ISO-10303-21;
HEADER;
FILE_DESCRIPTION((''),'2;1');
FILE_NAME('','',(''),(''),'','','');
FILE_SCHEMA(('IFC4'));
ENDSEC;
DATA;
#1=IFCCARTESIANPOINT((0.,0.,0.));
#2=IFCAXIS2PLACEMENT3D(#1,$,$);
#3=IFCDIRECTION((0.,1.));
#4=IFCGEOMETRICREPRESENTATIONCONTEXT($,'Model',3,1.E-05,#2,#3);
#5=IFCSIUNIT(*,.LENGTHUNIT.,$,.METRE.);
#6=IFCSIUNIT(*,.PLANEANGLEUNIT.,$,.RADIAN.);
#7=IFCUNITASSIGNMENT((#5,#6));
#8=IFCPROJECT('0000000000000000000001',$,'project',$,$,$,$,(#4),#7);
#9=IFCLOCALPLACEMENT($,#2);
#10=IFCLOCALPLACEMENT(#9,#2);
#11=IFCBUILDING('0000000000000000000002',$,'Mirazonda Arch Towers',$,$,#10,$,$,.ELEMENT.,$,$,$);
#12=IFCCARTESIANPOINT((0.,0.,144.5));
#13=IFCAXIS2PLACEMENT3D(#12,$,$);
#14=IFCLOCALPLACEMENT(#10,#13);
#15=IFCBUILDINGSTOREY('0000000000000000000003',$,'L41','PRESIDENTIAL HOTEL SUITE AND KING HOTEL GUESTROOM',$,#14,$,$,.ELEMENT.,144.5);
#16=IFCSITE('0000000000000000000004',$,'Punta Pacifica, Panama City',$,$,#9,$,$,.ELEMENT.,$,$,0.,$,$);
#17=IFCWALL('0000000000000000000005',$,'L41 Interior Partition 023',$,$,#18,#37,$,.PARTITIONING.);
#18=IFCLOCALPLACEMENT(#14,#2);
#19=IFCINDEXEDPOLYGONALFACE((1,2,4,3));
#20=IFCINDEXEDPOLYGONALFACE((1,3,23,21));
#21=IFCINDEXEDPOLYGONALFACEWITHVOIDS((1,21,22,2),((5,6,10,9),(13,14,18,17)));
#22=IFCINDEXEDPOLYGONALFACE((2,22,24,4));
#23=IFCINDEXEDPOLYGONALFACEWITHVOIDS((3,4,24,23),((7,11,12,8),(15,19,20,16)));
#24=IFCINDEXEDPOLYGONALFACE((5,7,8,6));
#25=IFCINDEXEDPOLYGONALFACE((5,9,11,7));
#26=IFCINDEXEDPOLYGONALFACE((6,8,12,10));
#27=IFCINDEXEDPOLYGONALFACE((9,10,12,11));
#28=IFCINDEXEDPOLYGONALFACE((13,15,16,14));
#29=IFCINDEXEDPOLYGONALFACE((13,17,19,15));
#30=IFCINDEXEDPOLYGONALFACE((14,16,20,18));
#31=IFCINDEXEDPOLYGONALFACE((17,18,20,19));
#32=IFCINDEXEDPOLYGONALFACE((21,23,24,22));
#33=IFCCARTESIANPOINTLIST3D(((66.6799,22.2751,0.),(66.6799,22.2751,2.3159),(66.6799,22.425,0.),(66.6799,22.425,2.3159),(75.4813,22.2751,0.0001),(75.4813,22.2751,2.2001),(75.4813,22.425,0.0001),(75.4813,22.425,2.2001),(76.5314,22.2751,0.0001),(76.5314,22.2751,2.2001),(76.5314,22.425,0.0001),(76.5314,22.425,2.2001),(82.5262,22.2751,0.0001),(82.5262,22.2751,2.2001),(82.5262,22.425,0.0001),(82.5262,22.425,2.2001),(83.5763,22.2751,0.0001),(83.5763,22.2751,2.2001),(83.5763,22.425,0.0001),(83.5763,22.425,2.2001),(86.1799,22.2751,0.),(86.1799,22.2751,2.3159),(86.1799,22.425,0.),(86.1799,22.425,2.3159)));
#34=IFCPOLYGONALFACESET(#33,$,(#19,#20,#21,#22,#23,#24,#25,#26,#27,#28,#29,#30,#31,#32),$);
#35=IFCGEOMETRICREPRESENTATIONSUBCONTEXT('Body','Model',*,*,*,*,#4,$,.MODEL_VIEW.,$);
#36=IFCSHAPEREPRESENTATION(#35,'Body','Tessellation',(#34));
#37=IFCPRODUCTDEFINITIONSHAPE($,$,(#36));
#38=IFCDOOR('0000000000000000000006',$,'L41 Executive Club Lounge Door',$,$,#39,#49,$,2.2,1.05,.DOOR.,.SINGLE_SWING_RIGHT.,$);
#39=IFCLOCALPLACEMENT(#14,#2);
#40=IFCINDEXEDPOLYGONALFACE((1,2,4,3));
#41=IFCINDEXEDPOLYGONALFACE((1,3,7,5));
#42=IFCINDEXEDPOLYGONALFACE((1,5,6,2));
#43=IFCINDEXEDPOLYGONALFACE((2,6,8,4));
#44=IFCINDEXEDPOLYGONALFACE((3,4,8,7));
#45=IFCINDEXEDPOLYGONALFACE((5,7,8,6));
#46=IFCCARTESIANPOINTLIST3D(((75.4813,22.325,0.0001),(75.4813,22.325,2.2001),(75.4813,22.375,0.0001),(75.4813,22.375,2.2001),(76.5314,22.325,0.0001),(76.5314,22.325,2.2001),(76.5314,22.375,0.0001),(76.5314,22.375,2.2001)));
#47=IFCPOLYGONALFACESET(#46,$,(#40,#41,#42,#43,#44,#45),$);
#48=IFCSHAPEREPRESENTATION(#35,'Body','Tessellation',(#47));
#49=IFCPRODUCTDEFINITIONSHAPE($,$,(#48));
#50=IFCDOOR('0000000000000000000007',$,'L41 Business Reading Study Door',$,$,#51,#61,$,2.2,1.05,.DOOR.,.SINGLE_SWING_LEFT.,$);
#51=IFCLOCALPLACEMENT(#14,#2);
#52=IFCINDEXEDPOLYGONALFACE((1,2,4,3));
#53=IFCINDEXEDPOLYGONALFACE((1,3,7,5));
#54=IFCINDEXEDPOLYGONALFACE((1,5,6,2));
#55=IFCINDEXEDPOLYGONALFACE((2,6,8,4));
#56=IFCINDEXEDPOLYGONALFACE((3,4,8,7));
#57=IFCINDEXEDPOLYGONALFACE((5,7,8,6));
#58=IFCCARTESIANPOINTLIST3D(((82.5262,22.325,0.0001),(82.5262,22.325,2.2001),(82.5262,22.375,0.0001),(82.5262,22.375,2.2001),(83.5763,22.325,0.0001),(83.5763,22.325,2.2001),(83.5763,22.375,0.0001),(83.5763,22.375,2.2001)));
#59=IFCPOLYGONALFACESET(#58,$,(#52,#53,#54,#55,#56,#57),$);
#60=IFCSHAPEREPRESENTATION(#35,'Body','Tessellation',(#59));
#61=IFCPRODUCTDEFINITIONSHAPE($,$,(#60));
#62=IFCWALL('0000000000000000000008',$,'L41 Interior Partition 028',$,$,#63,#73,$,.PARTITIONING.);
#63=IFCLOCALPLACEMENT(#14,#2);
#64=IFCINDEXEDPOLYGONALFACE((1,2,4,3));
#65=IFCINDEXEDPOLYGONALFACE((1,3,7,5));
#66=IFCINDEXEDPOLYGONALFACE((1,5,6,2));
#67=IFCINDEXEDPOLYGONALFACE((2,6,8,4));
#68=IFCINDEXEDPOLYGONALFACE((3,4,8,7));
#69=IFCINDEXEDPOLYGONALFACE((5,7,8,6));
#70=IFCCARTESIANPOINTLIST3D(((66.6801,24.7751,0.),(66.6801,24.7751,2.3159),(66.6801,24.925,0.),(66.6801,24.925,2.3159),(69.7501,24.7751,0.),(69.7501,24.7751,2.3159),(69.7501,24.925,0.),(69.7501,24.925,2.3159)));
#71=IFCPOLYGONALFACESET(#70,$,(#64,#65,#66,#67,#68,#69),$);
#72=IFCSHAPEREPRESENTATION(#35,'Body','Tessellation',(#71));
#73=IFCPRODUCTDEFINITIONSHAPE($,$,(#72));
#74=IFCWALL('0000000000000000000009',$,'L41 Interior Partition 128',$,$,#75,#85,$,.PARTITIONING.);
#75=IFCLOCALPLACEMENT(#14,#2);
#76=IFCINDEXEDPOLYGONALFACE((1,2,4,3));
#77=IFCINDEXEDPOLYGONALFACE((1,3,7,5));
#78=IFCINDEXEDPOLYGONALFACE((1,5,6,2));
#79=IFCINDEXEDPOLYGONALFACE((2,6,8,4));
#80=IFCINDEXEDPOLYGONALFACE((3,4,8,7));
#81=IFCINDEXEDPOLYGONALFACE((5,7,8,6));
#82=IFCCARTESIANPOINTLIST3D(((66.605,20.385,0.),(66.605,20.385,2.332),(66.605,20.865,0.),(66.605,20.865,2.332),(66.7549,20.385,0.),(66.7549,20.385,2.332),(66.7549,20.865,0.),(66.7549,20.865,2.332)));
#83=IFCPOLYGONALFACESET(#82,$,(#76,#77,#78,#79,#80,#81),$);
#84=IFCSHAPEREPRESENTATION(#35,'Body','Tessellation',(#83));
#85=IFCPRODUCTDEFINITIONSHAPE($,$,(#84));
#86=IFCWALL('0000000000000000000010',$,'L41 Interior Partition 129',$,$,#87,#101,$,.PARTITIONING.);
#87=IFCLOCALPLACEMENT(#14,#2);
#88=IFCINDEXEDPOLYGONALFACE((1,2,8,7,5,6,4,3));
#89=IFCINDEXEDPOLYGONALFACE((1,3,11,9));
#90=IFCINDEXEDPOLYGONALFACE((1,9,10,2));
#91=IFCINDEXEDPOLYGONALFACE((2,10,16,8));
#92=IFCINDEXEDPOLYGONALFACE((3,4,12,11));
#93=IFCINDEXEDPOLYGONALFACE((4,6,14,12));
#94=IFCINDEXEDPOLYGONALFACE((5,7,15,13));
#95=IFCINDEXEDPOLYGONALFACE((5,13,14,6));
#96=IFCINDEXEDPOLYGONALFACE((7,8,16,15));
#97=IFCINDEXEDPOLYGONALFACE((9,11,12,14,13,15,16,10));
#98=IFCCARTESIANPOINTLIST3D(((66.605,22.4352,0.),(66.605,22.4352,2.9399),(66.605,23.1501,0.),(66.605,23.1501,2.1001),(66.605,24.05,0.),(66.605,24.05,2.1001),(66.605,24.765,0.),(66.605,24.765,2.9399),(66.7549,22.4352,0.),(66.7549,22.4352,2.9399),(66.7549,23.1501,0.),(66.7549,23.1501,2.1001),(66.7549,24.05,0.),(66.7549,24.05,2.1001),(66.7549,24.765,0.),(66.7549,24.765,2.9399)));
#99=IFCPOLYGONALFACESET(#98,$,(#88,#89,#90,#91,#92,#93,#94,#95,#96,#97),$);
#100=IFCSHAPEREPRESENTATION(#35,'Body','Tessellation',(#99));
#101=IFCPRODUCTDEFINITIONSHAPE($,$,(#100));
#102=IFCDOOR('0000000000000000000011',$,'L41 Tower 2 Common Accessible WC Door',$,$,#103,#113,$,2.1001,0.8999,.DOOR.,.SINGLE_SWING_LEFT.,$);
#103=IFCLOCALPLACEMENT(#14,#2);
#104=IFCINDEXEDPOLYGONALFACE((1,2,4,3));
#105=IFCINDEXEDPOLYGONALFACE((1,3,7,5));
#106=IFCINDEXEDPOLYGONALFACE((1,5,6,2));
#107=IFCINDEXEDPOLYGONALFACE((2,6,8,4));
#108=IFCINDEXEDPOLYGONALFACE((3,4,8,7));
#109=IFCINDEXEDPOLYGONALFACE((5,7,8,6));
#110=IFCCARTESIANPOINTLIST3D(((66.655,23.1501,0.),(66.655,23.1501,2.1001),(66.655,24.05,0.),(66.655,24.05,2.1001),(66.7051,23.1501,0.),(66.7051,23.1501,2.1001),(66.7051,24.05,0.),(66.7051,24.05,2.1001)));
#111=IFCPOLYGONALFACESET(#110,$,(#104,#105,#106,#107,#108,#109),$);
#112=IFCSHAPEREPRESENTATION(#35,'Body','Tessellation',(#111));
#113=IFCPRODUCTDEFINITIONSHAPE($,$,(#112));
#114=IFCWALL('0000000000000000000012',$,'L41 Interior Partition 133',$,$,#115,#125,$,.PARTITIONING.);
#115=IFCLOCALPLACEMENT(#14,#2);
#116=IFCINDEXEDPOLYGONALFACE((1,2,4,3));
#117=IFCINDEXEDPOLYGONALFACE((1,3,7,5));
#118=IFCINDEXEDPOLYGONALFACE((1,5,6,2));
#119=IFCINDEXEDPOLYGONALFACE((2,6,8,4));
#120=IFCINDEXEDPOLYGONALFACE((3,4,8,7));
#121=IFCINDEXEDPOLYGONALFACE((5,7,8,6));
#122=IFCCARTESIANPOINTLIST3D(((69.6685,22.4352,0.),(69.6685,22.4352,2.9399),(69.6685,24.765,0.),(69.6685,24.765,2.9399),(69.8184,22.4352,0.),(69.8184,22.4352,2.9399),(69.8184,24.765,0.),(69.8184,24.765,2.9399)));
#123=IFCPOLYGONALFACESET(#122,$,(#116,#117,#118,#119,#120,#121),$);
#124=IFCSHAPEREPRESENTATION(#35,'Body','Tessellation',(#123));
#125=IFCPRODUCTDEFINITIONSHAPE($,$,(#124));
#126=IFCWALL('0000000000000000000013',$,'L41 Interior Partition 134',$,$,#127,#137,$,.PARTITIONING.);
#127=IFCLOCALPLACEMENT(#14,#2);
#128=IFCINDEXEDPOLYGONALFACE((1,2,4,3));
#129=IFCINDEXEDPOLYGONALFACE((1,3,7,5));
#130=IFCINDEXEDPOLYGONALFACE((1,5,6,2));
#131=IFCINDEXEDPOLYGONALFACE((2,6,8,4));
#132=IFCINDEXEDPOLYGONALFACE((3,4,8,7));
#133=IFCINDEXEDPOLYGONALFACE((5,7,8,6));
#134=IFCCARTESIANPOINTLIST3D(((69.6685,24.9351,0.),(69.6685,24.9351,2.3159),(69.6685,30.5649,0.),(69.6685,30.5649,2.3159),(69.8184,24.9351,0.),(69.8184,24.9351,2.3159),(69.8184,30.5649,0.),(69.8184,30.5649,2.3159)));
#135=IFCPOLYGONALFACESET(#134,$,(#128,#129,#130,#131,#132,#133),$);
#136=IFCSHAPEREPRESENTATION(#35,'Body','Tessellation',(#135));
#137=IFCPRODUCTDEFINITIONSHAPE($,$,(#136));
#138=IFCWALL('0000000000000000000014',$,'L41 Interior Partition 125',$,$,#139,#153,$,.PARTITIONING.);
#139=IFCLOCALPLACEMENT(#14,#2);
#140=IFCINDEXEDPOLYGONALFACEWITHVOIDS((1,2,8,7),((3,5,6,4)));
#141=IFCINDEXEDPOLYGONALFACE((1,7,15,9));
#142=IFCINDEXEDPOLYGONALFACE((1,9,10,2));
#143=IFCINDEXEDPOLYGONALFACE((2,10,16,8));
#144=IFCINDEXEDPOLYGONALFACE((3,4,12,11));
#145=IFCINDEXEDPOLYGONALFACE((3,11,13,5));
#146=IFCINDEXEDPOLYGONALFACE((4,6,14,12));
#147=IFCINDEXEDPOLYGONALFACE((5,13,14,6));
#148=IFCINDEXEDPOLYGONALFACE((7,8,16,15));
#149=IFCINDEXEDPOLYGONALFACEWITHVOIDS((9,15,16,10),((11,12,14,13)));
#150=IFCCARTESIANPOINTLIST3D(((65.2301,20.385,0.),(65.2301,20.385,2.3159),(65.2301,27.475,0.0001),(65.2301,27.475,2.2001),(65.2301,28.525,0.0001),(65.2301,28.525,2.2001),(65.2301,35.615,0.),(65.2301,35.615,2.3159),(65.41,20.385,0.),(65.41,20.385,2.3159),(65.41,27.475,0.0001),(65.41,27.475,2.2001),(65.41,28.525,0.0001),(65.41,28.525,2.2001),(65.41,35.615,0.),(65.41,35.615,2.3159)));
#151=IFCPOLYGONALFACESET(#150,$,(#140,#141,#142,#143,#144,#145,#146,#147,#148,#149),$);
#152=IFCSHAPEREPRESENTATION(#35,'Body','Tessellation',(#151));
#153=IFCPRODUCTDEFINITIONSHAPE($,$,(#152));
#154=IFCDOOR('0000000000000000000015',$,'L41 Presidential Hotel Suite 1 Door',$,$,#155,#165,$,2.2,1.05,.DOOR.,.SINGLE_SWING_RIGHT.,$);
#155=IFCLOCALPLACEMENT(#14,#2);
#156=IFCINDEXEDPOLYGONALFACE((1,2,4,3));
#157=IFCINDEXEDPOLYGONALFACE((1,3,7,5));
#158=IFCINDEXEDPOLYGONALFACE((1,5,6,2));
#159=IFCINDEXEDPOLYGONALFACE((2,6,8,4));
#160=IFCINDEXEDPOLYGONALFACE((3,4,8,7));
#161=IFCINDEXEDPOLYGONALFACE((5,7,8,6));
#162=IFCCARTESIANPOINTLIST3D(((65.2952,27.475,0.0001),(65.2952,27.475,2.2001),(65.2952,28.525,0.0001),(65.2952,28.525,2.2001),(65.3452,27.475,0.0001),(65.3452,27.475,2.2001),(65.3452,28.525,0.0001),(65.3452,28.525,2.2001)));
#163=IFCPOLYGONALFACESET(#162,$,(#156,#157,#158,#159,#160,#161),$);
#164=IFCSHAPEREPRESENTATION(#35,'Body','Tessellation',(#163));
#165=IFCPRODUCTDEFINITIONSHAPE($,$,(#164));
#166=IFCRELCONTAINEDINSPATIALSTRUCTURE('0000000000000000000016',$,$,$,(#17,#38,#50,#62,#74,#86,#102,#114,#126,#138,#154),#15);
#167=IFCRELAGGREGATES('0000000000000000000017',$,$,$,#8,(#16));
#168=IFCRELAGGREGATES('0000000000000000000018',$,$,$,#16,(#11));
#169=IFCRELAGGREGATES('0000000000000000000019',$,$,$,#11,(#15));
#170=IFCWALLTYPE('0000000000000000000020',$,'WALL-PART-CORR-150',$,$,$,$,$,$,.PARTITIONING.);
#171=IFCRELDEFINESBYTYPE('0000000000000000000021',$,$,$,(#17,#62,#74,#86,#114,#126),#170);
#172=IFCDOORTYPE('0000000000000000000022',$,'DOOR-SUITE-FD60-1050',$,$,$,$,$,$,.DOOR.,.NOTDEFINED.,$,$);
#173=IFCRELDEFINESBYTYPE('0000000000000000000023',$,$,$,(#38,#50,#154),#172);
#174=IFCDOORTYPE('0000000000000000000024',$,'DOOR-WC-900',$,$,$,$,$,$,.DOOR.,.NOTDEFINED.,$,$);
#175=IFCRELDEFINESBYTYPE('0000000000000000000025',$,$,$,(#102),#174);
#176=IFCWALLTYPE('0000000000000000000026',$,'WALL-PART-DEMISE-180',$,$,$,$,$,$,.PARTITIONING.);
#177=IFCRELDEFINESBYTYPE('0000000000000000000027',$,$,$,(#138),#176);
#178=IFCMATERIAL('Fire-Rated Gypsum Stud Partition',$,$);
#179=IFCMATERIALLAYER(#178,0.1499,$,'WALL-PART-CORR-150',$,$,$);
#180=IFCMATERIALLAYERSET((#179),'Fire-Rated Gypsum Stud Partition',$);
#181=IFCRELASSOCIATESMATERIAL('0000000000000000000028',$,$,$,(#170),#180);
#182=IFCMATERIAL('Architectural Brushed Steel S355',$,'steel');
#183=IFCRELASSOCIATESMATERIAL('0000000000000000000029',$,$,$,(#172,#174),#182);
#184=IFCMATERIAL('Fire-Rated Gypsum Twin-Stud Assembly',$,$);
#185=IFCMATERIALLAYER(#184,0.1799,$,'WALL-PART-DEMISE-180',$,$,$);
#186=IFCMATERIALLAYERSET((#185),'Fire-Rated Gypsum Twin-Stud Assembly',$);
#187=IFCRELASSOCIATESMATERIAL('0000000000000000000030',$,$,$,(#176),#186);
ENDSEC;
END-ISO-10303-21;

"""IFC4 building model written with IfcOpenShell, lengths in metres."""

from ifc_helpers import new_model, si_unit, direction, frame, frame_2d, origin, place, context, subcontext, project, spatial, rectangle, extrude, material, layer, layer_set, type_object, element, fill, save


model = new_model("IFC4")

# Units and contexts
model_context = context("Model", 3, precision=1e-05, world=origin(), true_north=direction((0.0, 1.0)))
body_context = subcontext(model_context, "Body", "Model", "MODEL_VIEW")
ifc_project = project(units=[si_unit("LENGTHUNIT", "METRE"), si_unit("PLANEANGLEUNIT", "RADIAN")], contexts=[model_context])

# Site, building, storey
site_placement = place(None, origin())
site = spatial("IfcSite", under=ifc_project, at=site_placement, Name="Punta Pacifica, Panama City", CompositionType="ELEMENT", RefElevation=0.0)
building_placement = place(site_placement, origin())
building = spatial("IfcBuilding", under=site, at=building_placement, Name="Mirazonda Arch Towers", CompositionType="ELEMENT")
storey_placement = place(building_placement, frame((0.0, 0.0, 144.5)))
storey = spatial("IfcBuildingStorey", under=building, at=storey_placement, Name="L41", Description="PRESIDENTIAL HOTEL SUITE AND KING HOTEL GUESTROOM", CompositionType="ELEMENT", Elevation=144.5)

# Shared definitions
ifc_material_1 = material(Name="Architectural Brushed Steel S355", Category="steel")

# Shared definitions
ifc_material_2 = material(Name="Fire-Rated Gypsum Stud Partition")
ifc_layer_1 = layer(ifc_material_2, 0.1499, Name="WALL-PART-CORR-150")
ifc_layer_set_1 = layer_set([ifc_layer_1], Name="Fire-Rated Gypsum Stud Partition")
wall_type_1 = type_object("IfcWallType", Name="WALL-PART-CORR-150", PredefinedType="PARTITIONING", material=ifc_layer_set_1)

# Wall, openings, doors
wall_1_placement = place(storey_placement, frame((66.6799, 22.3501, 0.0), z_axis=(0.0, 0.0, 1.0), x_axis=(1.0, 0.0, 0.0)))
wall_1 = element("IfcWall", 1, at=wall_1_placement, inside=storey, type_object=wall_type_1, Name="L41 Interior Partition 023", PredefinedType="PARTITIONING", context=body_context, shape_type="SweptSolid", body=[
    extrude(rectangle(XDim=19.5, YDim=0.1499, at=frame_2d((9.75, 0.0))), origin(), (0.0, 0.0, 1.0), 2.3159),
])
opening_1_placement = place(wall_1_placement, frame((8.8015, 0.0, 0.0)))
opening_1 = element("IfcOpeningElement", 2, at=opening_1_placement, cuts=wall_1, PredefinedType="OPENING", context=body_context, shape_type="SweptSolid", body=[
    extrude(rectangle(XDim=1.05, YDim=2.2, at=frame_2d((0.5249, 1.1001))), frame((0.0, 0.085, 0.0), z_axis=(0.0, -1.0, 0.0), x_axis=(1.0, 0.0, 0.0)), (0.0, 0.0, 1.0), 0.1699),
])
opening_2_placement = place(wall_1_placement, frame((15.8464, 0.0, 0.0)))
opening_2 = element("IfcOpeningElement", 3, at=opening_2_placement, cuts=wall_1, PredefinedType="OPENING", context=body_context, shape_type="SweptSolid", body=[
    extrude(rectangle(XDim=1.05, YDim=2.2, at=frame_2d((0.5249, 1.1001))), frame((0.0, 0.085, 0.0), z_axis=(0.0, -1.0, 0.0), x_axis=(1.0, 0.0, 0.0)), (0.0, 0.0, 1.0), 0.1699),
])
door_type_1 = type_object("IfcDoorType", Name="DOOR-SUITE-FD60-1050", OperationType="NOTDEFINED", PredefinedType="DOOR", material=ifc_material_1)
door_1_placement = place(opening_1_placement, origin())
door_1 = element("IfcDoor", 4, at=door_1_placement, inside=storey, type_object=door_type_1, Name="L41 Executive Club Lounge Door", OperationType="SINGLE_SWING_RIGHT", OverallHeight=2.2, OverallWidth=1.05, PredefinedType="DOOR", context=body_context, shape_type="SweptSolid", body=[
    extrude(rectangle(XDim=1.05, YDim=2.2, at=frame_2d((0.5249, 1.1001))), frame((0.0, 0.0249, 0.0), z_axis=(0.0, -1.0, 0.0), x_axis=(1.0, 0.0, 0.0)), (0.0, 0.0, 1.0), 0.05),
])
fill(opening_1, door_1)
door_2_placement = place(opening_2_placement, origin())
door_2 = element("IfcDoor", 5, at=door_2_placement, inside=storey, type_object=door_type_1, Name="L41 Business Reading Study Door", OperationType="SINGLE_SWING_LEFT", OverallHeight=2.2, OverallWidth=1.05, PredefinedType="DOOR", context=body_context, shape_type="SweptSolid", body=[
    extrude(rectangle(XDim=1.05, YDim=2.2, at=frame_2d((0.5249, 1.1001))), frame((0.0, 0.0249, 0.0), z_axis=(0.0, -1.0, 0.0), x_axis=(1.0, 0.0, 0.0)), (0.0, 0.0, 1.0), 0.05),
])
fill(opening_2, door_2)

# Walls
wall_2_placement = place(storey_placement, frame((66.6799, 24.8501, 0.0), z_axis=(0.0, 0.0, 1.0), x_axis=(1.0, 0.0, 0.0)))
element("IfcWall", 6, at=wall_2_placement, inside=storey, type_object=wall_type_1, Name="L41 Interior Partition 028", PredefinedType="PARTITIONING", context=body_context, shape_type="SweptSolid", body=[
    extrude(rectangle(XDim=3.0701, YDim=0.1499, at=frame_2d((1.5352, 0.0))), origin(), (0.0, 0.0, 1.0), 2.3159),
])
wall_3_placement = place(storey_placement, frame((66.6799, 20.385, 0.0), z_axis=(0.0, 0.0, 1.0), x_axis=(0.0, 1.0, 0.0)))
element("IfcWall", 7, at=wall_3_placement, inside=storey, type_object=wall_type_1, Name="L41 Interior Partition 128", PredefinedType="PARTITIONING", context=body_context, shape_type="SweptSolid", body=[
    extrude(rectangle(XDim=0.48, YDim=0.1499, at=frame_2d((0.24, 0.0))), origin(), (0.0, 0.0, 1.0), 2.332),
])

# Wall, opening, door
wall_4_placement = place(storey_placement, frame((66.6799, 22.4351, 0.0), z_axis=(0.0, 0.0, 1.0), x_axis=(0.0, 1.0, 0.0)))
wall_4 = element("IfcWall", 8, at=wall_4_placement, inside=storey, type_object=wall_type_1, Name="L41 Interior Partition 129", PredefinedType="PARTITIONING", context=body_context, shape_type="SweptSolid", body=[
    extrude(rectangle(XDim=2.3298, YDim=0.1499, at=frame_2d((1.165, 0.0))), origin(), (0.0, 0.0, 1.0), 2.9399),
])
opening_3_placement = place(wall_4_placement, frame((0.7151, 0.0, 0.0)))
opening_3 = element("IfcOpeningElement", 9, at=opening_3_placement, cuts=wall_4, PredefinedType="OPENING", context=body_context, shape_type="SweptSolid", body=[
    extrude(rectangle(XDim=0.8999, YDim=2.1001, at=frame_2d((0.45, 1.05))), frame((0.0, 0.085, 0.0), z_axis=(0.0, -1.0, 0.0), x_axis=(1.0, 0.0, 0.0)), (0.0, 0.0, 1.0), 0.1699),
])
door_type_2 = type_object("IfcDoorType", Name="DOOR-WC-900", OperationType="NOTDEFINED", PredefinedType="DOOR", material=ifc_material_1)
door_3_placement = place(opening_3_placement, origin())
door_3 = element("IfcDoor", 10, at=door_3_placement, inside=storey, type_object=door_type_2, Name="L41 Tower 2 Common Accessible WC Door", OperationType="SINGLE_SWING_LEFT", OverallHeight=2.1001, OverallWidth=0.8999, PredefinedType="DOOR", context=body_context, shape_type="SweptSolid", body=[
    extrude(rectangle(XDim=0.8999, YDim=2.1001, at=frame_2d((0.45, 1.05))), frame((0.0, 0.0249, 0.0), z_axis=(0.0, -1.0, 0.0), x_axis=(1.0, 0.0, 0.0)), (0.0, 0.0, 1.0), 0.05),
])
fill(opening_3, door_3)

# Walls
wall_5_placement = place(storey_placement, frame((69.7434, 22.4351, 0.0), z_axis=(0.0, 0.0, 1.0), x_axis=(0.0, 1.0, 0.0)))
element("IfcWall", 11, at=wall_5_placement, inside=storey, type_object=wall_type_1, Name="L41 Interior Partition 133", PredefinedType="PARTITIONING", context=body_context, shape_type="SweptSolid", body=[
    extrude(rectangle(XDim=2.3298, YDim=0.1499, at=frame_2d((1.165, 0.0))), origin(), (0.0, 0.0, 1.0), 2.9399),
])
wall_6_placement = place(storey_placement, frame((69.7434, 24.9351, 0.0), z_axis=(0.0, 0.0, 1.0), x_axis=(0.0, 1.0, 0.0)))
element("IfcWall", 12, at=wall_6_placement, inside=storey, type_object=wall_type_1, Name="L41 Interior Partition 134", PredefinedType="PARTITIONING", context=body_context, shape_type="SweptSolid", body=[
    extrude(rectangle(XDim=5.6299, YDim=0.1499, at=frame_2d((2.8149, 0.0))), origin(), (0.0, 0.0, 1.0), 2.3159),
])

# Wall, opening, door
ifc_material_3 = material(Name="Fire-Rated Gypsum Twin-Stud Assembly")
ifc_layer_2 = layer(ifc_material_3, 0.1799, Name="WALL-PART-DEMISE-180")
ifc_layer_set_2 = layer_set([ifc_layer_2], Name="Fire-Rated Gypsum Twin-Stud Assembly")
wall_type_2 = type_object("IfcWallType", Name="WALL-PART-DEMISE-180", PredefinedType="PARTITIONING", material=ifc_layer_set_2)
wall_7_placement = place(storey_placement, frame((65.3201, 20.385, 0.0), z_axis=(0.0, 0.0, 1.0), x_axis=(0.0, 1.0, 0.0)))
wall_7 = element("IfcWall", 13, at=wall_7_placement, inside=storey, type_object=wall_type_2, Name="L41 Interior Partition 125", PredefinedType="PARTITIONING", context=body_context, shape_type="SweptSolid", body=[
    extrude(rectangle(XDim=15.23, YDim=0.1799, at=frame_2d((7.615, 0.0))), origin(), (0.0, 0.0, 1.0), 2.3159),
])
opening_4_placement = place(wall_7_placement, frame((7.0901, 0.0, 0.0)))
opening_4 = element("IfcOpeningElement", 14, at=opening_4_placement, cuts=wall_7, PredefinedType="OPENING", context=body_context, shape_type="SweptSolid", body=[
    extrude(rectangle(XDim=1.05, YDim=2.2, at=frame_2d((0.5249, 1.1001))), frame((0.0, 0.0999, 0.0), z_axis=(0.0, -1.0, 0.0), x_axis=(1.0, 0.0, 0.0)), (0.0, 0.0, 1.0), 0.2),
])
door_4_placement = place(opening_4_placement, origin())
door_4 = element("IfcDoor", 15, at=door_4_placement, inside=storey, type_object=door_type_1, Name="L41 Presidential Hotel Suite 1 Door", OperationType="SINGLE_SWING_RIGHT", OverallHeight=2.2, OverallWidth=1.05, PredefinedType="DOOR", context=body_context, shape_type="SweptSolid", body=[
    extrude(rectangle(XDim=1.05, YDim=2.2, at=frame_2d((0.5249, 1.1001))), frame((0.0, 0.0249, 0.0), z_axis=(0.0, -1.0, 0.0), x_axis=(1.0, 0.0, 0.0)), (0.0, 0.0, 1.0), 0.05),
])
fill(opening_4, door_4)

save(model, "model.ifc")
